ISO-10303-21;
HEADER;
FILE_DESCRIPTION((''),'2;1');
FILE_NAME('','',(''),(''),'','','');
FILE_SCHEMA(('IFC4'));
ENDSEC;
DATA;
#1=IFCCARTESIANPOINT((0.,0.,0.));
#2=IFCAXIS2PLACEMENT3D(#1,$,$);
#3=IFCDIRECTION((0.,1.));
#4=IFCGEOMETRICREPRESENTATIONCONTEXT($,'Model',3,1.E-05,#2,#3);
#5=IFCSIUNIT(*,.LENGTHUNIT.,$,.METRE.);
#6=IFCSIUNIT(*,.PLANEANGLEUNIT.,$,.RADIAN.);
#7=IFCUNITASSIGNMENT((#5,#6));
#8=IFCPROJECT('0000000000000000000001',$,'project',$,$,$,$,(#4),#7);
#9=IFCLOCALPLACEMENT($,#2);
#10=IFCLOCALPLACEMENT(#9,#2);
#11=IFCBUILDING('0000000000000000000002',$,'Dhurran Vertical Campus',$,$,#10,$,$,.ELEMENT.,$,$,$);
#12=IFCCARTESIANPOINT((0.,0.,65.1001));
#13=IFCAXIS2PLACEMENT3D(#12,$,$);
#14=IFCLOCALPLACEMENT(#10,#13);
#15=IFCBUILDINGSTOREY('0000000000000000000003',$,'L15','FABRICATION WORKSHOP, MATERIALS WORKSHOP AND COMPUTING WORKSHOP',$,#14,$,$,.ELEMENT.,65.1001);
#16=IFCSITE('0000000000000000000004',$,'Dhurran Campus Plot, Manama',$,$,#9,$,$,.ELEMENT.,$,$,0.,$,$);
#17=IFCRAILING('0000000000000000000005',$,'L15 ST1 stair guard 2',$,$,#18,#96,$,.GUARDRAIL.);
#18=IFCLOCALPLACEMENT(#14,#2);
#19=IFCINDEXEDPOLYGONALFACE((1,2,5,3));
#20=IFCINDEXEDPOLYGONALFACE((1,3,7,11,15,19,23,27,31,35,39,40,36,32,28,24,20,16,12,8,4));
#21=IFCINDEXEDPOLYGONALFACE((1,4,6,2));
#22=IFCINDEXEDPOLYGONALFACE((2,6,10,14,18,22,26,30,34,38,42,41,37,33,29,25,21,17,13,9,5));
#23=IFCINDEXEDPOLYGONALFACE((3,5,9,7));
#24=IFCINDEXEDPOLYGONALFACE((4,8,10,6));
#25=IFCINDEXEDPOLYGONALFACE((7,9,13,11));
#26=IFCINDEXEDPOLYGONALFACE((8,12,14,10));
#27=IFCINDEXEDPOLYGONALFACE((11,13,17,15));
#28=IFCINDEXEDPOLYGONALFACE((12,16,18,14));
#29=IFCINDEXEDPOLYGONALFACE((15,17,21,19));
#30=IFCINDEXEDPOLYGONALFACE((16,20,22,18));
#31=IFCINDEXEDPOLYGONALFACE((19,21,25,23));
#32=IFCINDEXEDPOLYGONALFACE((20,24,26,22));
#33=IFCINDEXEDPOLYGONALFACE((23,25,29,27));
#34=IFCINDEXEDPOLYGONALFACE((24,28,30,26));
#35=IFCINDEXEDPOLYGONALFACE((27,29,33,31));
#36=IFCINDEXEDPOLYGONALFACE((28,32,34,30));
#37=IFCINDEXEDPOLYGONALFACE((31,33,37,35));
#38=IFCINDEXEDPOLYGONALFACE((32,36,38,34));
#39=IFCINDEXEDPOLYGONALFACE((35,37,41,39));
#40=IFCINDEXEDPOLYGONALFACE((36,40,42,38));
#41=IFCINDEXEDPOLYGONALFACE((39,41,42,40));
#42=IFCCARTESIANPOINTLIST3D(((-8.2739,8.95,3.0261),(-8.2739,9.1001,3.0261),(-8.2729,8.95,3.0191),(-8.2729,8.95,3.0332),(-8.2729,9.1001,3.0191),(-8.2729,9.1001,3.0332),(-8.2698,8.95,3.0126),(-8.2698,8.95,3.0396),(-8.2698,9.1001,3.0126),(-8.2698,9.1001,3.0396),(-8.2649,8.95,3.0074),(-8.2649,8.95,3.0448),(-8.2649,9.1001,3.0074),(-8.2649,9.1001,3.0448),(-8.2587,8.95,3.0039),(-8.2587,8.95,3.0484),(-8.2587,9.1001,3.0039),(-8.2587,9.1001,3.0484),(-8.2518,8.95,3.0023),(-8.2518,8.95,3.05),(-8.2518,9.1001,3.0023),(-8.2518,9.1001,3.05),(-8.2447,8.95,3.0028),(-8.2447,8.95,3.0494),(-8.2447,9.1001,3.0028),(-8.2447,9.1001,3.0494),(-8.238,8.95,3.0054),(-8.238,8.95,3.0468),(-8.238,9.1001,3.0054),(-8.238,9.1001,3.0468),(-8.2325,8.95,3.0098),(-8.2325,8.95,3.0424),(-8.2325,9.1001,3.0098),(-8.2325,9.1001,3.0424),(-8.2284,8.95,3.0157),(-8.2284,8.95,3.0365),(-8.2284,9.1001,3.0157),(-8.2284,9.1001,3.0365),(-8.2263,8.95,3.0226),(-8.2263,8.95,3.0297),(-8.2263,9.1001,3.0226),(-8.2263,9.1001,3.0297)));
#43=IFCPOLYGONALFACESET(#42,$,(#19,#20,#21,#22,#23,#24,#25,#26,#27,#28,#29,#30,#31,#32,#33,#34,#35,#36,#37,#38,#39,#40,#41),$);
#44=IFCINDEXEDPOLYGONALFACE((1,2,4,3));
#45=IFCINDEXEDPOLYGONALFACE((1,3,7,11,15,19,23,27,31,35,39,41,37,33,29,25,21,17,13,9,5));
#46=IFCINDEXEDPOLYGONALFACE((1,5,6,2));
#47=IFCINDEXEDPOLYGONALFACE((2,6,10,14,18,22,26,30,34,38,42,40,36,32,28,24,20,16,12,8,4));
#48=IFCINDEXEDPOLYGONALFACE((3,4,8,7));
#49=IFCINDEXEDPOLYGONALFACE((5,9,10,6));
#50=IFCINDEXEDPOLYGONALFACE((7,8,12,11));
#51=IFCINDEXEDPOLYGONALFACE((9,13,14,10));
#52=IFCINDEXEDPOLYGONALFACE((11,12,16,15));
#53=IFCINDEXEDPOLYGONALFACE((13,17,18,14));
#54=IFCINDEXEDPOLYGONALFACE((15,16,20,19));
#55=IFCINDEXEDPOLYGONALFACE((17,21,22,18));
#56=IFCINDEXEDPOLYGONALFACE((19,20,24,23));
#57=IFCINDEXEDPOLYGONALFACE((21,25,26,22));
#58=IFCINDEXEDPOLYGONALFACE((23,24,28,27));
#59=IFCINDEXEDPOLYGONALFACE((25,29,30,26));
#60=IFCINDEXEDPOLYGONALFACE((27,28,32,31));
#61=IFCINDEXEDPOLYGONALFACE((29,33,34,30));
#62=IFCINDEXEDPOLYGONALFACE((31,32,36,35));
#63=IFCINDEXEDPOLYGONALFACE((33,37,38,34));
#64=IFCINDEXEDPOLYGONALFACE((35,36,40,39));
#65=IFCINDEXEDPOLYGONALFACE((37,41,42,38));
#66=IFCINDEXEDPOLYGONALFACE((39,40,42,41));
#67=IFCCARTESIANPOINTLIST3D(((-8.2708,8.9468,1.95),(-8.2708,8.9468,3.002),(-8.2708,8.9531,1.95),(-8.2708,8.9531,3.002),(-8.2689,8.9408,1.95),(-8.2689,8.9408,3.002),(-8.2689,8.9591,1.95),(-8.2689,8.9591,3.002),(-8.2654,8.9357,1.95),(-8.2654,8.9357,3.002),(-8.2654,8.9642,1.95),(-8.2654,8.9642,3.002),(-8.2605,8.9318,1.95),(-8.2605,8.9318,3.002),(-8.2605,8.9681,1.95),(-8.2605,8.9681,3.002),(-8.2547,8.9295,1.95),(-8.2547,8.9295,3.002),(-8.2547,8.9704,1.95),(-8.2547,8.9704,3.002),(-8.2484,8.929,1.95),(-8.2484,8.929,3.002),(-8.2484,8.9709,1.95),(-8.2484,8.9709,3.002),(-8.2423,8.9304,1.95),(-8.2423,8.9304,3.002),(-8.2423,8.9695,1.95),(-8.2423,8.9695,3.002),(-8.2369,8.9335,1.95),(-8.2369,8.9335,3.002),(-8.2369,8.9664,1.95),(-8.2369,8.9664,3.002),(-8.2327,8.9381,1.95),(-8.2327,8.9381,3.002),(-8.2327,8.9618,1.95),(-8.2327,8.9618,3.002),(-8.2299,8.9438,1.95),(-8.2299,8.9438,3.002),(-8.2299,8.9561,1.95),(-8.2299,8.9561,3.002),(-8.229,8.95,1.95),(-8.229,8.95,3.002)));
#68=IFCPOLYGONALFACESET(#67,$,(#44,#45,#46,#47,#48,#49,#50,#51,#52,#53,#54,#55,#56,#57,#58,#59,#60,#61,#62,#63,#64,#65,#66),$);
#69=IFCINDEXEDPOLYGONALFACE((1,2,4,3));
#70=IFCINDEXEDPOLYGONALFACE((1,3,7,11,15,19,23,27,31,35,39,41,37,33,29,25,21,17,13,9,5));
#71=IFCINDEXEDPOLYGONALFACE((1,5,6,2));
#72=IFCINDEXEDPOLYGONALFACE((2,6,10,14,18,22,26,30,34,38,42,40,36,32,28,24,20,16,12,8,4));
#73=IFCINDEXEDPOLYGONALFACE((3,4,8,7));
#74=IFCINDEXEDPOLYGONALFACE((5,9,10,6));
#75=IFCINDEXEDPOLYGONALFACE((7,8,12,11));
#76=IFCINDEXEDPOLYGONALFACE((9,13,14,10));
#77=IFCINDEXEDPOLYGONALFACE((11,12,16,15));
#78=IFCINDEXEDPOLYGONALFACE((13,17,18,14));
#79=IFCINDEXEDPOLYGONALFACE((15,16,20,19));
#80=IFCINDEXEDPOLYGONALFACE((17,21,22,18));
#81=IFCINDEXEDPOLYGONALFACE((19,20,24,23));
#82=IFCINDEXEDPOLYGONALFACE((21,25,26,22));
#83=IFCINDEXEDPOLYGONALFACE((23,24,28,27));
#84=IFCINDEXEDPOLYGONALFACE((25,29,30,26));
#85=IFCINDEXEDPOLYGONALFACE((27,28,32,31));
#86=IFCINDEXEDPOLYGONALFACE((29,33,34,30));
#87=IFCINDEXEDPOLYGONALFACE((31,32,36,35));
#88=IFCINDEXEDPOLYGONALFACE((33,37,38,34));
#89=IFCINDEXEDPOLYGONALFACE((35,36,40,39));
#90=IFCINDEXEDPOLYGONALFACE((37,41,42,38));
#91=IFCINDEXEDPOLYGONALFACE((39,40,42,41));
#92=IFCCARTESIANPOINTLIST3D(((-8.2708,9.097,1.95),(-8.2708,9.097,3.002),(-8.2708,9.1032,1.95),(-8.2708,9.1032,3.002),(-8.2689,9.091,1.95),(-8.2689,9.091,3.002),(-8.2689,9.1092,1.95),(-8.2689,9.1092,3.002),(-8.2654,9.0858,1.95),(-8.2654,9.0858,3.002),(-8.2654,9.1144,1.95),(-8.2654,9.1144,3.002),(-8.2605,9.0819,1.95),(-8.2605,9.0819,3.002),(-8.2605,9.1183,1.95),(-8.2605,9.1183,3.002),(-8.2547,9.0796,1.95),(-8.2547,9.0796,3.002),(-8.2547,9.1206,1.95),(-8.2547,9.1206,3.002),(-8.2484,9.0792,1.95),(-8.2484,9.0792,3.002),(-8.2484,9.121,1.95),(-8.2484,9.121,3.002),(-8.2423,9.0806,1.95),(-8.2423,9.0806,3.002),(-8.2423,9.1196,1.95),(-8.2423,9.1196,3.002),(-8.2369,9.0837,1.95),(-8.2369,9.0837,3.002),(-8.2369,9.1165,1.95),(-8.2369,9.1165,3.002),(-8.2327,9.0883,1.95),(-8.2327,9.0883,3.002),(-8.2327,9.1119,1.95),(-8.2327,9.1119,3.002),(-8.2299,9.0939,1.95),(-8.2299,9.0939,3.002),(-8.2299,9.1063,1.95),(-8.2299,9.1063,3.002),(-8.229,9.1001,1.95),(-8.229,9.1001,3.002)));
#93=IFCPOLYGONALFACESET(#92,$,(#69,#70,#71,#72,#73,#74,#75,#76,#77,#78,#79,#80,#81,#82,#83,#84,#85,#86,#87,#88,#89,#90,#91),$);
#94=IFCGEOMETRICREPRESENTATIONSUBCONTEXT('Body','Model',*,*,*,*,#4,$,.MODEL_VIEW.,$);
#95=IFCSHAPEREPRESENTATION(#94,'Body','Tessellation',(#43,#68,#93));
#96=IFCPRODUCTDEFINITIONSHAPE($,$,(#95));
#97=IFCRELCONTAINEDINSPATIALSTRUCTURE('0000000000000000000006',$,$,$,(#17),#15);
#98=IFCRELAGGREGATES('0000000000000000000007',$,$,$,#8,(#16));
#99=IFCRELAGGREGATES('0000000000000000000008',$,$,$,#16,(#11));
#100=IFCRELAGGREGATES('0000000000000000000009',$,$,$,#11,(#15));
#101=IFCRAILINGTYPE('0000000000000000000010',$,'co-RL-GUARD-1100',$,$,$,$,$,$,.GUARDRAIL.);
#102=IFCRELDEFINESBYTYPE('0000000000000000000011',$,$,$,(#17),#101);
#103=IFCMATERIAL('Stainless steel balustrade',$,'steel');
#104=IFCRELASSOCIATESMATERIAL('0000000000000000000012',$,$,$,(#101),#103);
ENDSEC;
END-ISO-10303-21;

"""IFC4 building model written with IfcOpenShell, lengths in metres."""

from ifc_helpers import new_model, si_unit, direction, frame, origin, origin_2d, place, context, subcontext, project, spatial, circle, extrude, material, type_object, element, save


model = new_model("IFC4")

# Units and contexts
model_context = context("Model", 3, precision=1e-05, world=origin(), true_north=direction((0.0, 1.0)))
body_context = subcontext(model_context, "Body", "Model", "MODEL_VIEW")
ifc_project = project(units=[si_unit("LENGTHUNIT", "METRE"), si_unit("PLANEANGLEUNIT", "RADIAN")], contexts=[model_context])

# Site, building, storey
site_placement = place(None, origin())
site = spatial("IfcSite", under=ifc_project, at=site_placement, Name="Dhurran Campus Plot, Manama", CompositionType="ELEMENT", RefElevation=0.0)
building_placement = place(site_placement, origin())
building = spatial("IfcBuilding", under=site, at=building_placement, Name="Dhurran Vertical Campus", CompositionType="ELEMENT")
storey_placement = place(building_placement, frame((0.0, 0.0, 65.1001)))
storey = spatial("IfcBuildingStorey", under=building, at=storey_placement, Name="L15", Description="FABRICATION WORKSHOP, MATERIALS WORKSHOP AND COMPUTING WORKSHOP", CompositionType="ELEMENT", Elevation=65.1001)

# Railing
ifc_material_1 = material(Name="Stainless steel balustrade", Category="steel")
railing_type_1 = type_object("IfcRailingType", Name="co-RL-GUARD-1100", PredefinedType="GUARDRAIL", material=ifc_material_1)
railing_1_placement = place(storey_placement, frame((-8.25, 8.95, 1.95)))
element("IfcRailing", 1, at=railing_1_placement, inside=storey, type_object=railing_type_1, Name="L15 ST1 stair guard 2", PredefinedType="GUARDRAIL", context=body_context, shape_type="SweptSolid", body=[
    extrude(circle(Radius=0.0239, at=origin_2d()), frame((0.0, 0.0, 1.0762), z_axis=(0.0, 1.0, 0.0), x_axis=(-1.0, 0.0, 0.0)), (0.0, 0.0, 1.0), 0.1501),
    extrude(circle(Radius=0.021, at=origin_2d()), origin(), (0.0, 0.0, 1.0), 1.052),
    extrude(circle(Radius=0.021, at=origin_2d()), frame((0.0, 0.1501, 0.0)), (0.0, 0.0, 1.0), 1.052),
])

save(model, "model.ifc")
